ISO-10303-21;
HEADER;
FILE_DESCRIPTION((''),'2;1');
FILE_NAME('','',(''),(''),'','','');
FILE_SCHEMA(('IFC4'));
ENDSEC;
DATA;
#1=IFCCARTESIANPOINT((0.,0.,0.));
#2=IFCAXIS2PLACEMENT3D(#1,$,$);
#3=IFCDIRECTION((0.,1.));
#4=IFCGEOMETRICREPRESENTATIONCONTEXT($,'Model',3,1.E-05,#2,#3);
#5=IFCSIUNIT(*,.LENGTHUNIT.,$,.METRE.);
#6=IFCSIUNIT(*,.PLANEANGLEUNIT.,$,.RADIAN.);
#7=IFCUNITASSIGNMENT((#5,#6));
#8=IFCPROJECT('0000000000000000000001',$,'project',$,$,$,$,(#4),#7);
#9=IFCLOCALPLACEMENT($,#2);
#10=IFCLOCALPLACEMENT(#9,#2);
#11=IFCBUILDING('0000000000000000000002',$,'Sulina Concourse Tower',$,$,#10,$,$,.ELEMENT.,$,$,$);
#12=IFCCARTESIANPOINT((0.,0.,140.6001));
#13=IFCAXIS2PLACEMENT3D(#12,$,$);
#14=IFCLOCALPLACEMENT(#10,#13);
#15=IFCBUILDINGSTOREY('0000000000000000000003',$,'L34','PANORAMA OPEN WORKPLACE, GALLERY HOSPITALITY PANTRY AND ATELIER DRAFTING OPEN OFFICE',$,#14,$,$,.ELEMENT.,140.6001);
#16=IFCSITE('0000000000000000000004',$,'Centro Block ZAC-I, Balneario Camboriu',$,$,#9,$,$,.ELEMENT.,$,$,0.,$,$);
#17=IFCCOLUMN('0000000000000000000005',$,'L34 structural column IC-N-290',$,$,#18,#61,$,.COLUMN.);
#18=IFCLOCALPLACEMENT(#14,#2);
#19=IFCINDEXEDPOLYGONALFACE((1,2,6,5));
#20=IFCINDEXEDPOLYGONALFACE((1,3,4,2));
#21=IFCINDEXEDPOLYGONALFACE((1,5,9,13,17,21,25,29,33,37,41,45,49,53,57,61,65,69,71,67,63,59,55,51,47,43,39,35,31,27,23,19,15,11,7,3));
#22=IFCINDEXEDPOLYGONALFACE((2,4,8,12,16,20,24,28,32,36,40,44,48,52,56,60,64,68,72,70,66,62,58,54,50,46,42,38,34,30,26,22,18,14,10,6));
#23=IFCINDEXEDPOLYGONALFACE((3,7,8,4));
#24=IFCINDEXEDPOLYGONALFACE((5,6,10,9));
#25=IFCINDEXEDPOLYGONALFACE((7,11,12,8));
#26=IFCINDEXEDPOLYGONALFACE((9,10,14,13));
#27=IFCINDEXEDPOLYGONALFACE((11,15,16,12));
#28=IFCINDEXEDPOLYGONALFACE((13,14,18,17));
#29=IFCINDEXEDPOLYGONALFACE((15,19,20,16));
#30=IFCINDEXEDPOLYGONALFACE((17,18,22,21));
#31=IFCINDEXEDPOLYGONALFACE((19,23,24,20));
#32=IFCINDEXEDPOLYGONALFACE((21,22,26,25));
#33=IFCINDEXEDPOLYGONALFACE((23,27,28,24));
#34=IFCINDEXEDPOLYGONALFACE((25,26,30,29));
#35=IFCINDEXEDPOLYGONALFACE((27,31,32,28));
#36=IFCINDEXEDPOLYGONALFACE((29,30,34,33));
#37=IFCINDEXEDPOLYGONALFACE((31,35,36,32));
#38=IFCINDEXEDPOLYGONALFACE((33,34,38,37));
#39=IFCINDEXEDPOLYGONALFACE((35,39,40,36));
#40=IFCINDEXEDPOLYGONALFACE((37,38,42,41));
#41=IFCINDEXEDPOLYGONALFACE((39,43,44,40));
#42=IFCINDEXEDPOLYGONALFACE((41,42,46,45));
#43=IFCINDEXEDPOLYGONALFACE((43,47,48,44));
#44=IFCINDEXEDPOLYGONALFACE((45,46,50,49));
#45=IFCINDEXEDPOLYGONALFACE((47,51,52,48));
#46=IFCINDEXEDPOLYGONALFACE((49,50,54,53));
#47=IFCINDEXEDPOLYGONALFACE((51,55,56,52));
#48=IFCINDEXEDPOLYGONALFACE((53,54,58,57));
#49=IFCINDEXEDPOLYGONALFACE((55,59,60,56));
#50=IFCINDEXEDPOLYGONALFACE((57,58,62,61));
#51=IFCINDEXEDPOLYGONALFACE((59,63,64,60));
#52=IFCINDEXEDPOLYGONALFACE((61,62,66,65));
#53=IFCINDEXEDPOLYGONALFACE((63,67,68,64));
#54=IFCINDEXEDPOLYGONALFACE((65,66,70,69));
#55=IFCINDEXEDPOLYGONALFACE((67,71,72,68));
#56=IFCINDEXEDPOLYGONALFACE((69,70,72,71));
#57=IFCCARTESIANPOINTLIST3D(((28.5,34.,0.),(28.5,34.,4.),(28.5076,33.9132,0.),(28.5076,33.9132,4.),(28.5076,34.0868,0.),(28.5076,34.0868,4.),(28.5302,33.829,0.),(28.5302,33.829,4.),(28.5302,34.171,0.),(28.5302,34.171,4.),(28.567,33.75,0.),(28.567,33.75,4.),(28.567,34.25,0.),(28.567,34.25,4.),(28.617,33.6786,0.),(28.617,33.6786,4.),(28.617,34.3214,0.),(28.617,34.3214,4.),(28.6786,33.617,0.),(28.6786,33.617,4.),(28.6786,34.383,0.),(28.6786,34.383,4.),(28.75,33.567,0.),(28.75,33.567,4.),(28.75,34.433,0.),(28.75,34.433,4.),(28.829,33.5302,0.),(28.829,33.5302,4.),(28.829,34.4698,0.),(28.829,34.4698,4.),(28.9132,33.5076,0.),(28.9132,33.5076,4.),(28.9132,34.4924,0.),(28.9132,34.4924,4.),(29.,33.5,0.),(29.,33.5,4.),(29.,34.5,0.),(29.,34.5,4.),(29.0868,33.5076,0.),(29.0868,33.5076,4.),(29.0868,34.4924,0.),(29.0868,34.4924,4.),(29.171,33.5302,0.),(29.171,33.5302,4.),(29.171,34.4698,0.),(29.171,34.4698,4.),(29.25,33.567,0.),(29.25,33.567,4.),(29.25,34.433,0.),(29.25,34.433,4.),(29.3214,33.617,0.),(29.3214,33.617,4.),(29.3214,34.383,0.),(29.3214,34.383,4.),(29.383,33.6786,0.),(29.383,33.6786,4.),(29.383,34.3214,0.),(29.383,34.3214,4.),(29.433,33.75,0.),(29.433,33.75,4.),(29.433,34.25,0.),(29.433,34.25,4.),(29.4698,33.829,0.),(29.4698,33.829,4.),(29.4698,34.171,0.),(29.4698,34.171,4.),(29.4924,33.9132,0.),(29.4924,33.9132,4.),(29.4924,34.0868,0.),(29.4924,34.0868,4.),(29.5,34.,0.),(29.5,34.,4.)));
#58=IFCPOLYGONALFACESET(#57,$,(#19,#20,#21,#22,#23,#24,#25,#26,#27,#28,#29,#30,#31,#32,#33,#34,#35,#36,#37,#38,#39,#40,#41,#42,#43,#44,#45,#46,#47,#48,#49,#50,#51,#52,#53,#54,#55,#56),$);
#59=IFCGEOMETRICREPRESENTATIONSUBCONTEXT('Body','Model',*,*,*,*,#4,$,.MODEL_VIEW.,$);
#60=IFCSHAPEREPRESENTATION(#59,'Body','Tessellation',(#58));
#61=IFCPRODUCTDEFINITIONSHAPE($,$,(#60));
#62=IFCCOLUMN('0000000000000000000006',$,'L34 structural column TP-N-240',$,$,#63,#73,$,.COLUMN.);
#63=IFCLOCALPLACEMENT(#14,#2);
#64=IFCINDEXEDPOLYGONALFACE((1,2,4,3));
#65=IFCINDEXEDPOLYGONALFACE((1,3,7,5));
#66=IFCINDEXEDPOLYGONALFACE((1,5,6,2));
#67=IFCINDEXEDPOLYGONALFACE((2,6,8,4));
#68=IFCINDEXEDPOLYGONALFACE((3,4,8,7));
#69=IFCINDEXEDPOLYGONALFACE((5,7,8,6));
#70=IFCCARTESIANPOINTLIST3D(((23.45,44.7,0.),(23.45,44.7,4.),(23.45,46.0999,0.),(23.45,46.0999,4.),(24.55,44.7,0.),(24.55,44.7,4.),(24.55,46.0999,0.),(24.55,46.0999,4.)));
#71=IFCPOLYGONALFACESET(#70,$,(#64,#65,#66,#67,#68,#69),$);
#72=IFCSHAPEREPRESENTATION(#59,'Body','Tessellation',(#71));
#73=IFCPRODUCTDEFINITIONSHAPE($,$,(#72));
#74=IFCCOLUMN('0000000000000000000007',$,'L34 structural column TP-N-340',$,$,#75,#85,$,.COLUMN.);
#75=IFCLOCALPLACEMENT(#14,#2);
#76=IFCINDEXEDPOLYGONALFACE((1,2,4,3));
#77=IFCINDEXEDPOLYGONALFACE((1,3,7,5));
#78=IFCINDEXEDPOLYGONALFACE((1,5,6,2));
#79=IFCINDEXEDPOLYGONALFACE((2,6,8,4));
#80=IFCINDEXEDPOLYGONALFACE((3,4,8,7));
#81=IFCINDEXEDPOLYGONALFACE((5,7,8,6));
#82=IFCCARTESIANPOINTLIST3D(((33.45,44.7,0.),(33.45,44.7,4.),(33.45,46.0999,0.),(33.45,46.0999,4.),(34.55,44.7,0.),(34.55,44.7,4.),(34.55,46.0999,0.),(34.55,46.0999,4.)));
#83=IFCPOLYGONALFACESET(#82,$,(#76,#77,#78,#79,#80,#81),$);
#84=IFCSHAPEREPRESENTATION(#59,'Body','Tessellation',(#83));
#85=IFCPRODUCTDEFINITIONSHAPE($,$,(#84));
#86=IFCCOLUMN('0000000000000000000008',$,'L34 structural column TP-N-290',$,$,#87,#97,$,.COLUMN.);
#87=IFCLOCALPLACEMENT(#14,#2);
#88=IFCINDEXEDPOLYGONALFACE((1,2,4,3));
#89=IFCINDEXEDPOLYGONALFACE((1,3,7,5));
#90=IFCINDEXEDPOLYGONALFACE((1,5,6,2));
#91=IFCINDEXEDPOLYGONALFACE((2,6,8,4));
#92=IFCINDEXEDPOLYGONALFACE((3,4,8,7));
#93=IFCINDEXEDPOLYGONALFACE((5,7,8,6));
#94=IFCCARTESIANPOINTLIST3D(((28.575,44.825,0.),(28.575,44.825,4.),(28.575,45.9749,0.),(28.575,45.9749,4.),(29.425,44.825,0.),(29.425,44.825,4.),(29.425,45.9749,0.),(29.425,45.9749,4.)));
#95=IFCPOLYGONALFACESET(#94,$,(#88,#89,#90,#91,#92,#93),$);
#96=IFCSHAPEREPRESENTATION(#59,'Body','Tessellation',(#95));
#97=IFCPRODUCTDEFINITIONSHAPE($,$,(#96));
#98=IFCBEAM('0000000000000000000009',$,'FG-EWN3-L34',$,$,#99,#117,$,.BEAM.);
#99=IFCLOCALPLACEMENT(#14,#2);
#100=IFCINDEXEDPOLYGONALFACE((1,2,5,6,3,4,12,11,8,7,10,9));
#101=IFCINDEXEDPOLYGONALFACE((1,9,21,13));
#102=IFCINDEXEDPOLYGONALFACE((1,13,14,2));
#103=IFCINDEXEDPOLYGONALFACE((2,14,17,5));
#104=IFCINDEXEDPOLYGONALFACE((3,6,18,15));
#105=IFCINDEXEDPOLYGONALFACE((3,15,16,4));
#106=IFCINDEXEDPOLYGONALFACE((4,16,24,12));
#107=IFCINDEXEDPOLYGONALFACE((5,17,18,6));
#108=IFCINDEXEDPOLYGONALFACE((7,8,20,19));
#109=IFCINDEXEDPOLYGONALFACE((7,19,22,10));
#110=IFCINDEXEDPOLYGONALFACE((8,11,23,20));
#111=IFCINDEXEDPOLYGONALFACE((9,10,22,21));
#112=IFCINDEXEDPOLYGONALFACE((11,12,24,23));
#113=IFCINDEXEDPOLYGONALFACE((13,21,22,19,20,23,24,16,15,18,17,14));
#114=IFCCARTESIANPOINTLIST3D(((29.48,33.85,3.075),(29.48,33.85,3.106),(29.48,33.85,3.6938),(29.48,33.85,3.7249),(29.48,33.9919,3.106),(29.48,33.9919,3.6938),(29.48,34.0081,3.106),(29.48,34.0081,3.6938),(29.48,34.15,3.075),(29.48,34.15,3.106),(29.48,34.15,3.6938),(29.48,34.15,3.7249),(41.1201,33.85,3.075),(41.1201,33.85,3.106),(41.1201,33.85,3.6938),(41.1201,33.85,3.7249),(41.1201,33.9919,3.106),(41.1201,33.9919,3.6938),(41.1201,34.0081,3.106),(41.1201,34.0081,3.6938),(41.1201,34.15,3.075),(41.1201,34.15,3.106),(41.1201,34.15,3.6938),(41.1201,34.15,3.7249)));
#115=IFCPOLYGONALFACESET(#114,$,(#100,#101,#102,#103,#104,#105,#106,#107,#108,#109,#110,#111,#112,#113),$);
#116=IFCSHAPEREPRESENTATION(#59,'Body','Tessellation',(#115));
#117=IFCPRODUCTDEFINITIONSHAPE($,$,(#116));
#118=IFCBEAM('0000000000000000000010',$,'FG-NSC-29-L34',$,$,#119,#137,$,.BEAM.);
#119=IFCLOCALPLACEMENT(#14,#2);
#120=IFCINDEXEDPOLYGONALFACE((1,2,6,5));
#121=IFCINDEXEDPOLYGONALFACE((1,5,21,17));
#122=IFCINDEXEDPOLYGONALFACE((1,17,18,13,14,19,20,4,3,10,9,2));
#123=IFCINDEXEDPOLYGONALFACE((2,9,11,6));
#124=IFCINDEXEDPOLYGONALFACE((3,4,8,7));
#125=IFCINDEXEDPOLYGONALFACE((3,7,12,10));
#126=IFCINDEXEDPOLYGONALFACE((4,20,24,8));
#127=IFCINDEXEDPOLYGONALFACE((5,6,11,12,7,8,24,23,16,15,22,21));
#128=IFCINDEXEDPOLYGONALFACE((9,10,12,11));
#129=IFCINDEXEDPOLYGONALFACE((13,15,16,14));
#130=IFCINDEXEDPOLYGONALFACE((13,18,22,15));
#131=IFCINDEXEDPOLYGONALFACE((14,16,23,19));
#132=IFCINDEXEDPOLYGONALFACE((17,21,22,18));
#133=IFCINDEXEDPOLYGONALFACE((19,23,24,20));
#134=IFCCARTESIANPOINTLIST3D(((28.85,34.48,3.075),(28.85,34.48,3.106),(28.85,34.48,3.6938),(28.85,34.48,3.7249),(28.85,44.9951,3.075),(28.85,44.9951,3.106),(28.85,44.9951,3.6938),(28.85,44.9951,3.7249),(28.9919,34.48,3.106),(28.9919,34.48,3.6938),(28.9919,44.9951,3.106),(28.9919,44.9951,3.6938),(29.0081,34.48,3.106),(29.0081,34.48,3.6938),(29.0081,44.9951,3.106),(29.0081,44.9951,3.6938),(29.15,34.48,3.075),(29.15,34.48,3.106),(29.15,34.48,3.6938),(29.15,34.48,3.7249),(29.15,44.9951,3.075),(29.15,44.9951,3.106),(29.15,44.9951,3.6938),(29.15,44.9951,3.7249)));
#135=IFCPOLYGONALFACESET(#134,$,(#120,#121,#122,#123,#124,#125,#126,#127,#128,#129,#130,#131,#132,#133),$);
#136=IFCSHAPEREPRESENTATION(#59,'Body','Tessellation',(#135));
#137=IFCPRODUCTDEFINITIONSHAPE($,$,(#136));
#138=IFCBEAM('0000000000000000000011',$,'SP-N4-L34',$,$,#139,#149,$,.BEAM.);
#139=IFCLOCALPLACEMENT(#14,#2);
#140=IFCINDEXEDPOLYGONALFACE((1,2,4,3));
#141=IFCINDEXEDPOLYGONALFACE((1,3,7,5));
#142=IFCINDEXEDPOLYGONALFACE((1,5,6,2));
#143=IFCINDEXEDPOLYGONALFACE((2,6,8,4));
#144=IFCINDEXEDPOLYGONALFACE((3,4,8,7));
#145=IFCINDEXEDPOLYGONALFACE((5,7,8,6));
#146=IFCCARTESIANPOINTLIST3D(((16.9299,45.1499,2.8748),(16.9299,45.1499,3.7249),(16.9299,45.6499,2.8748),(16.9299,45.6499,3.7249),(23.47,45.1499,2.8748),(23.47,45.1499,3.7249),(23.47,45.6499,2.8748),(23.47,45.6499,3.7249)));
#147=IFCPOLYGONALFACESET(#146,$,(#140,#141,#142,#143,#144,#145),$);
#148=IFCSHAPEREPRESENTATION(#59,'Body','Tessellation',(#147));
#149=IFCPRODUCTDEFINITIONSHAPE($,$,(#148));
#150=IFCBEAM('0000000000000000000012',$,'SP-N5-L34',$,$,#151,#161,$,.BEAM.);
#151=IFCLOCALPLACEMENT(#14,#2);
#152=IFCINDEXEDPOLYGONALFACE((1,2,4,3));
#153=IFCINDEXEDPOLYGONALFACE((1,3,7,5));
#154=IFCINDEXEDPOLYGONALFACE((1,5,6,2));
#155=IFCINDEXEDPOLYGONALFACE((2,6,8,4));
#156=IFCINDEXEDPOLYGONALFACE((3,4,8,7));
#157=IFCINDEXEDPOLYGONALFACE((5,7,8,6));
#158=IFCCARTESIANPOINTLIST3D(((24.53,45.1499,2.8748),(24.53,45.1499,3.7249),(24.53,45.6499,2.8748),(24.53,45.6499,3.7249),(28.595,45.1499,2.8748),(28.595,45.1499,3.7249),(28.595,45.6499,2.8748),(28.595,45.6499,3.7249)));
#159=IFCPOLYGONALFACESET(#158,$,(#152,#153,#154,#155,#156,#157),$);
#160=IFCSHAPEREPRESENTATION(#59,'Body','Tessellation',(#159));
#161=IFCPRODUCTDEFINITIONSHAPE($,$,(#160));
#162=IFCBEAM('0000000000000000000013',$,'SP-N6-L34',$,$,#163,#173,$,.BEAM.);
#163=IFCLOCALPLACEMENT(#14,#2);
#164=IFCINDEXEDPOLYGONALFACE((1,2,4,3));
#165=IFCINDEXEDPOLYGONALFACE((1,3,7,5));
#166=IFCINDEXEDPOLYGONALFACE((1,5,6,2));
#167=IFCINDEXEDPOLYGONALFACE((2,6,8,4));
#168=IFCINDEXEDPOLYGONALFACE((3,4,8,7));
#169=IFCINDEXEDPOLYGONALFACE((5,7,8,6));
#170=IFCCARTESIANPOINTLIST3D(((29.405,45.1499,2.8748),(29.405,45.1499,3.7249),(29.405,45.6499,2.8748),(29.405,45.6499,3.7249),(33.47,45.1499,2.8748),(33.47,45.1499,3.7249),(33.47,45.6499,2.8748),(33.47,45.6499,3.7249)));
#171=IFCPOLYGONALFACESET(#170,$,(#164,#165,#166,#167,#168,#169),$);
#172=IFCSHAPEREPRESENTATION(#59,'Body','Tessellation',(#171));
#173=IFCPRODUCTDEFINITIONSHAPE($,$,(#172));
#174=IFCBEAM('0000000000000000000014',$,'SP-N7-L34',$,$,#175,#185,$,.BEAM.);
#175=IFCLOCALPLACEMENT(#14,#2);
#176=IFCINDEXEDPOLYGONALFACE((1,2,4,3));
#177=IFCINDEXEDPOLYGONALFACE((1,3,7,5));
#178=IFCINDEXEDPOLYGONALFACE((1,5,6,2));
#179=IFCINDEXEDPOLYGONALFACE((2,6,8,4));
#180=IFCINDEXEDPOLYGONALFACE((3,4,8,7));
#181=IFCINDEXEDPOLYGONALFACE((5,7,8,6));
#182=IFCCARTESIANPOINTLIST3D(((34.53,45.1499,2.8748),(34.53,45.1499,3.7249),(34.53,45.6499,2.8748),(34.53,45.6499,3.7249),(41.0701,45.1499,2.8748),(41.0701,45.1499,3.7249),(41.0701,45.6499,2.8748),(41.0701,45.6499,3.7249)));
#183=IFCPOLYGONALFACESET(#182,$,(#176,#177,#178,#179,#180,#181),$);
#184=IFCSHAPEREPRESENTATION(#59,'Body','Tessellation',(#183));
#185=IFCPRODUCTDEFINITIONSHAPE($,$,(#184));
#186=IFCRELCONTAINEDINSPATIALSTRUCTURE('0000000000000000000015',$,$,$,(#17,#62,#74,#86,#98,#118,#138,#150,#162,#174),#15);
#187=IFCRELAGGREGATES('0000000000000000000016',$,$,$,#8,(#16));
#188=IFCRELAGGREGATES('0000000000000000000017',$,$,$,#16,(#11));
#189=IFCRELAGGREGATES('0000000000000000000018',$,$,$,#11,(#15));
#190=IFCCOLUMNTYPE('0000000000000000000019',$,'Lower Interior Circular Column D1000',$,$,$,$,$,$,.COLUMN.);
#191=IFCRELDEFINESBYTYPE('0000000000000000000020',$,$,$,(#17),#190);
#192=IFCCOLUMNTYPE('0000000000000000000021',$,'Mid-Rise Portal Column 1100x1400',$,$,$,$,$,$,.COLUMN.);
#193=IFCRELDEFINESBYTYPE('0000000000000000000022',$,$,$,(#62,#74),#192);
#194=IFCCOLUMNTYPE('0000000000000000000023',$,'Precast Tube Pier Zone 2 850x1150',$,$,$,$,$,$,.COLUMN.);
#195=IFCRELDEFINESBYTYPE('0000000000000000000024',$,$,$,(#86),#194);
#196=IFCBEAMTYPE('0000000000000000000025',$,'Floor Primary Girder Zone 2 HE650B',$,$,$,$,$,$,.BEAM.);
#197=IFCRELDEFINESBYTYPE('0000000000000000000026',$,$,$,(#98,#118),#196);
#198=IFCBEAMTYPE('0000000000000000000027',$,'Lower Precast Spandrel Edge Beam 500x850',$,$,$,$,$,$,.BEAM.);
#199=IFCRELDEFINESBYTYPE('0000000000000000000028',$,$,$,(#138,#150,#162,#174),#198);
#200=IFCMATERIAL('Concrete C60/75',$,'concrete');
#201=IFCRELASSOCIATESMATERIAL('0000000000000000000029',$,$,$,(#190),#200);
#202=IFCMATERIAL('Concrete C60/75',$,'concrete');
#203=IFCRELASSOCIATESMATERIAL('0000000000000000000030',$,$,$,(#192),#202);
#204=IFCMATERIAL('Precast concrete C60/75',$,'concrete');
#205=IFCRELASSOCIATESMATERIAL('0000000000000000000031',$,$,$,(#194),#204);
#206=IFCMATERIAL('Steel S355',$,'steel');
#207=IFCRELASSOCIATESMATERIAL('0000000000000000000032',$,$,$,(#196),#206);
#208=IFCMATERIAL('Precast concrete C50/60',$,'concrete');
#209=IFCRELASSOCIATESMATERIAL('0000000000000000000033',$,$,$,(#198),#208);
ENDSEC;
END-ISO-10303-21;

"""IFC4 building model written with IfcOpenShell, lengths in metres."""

from ifc_helpers import new_model, si_unit, direction, frame, origin, origin_2d, place, context, subcontext, project, spatial, rectangle, circle, i_section, extrude, material, material_profile, profile_set, type_object, element, save


model = new_model("IFC4")

# Units and contexts
model_context = context("Model", 3, precision=1e-05, world=origin(), true_north=direction((0.0, 1.0)))
body_context = subcontext(model_context, "Body", "Model", "MODEL_VIEW")
ifc_project = project(units=[si_unit("LENGTHUNIT", "METRE"), si_unit("PLANEANGLEUNIT", "RADIAN")], contexts=[model_context])

# Site, building, storey
site_placement = place(None, origin())
site = spatial("IfcSite", under=ifc_project, at=site_placement, Name="Centro Block ZAC-I, Balneario Camboriu", CompositionType="ELEMENT", RefElevation=0.0)
building_placement = place(site_placement, origin())
building = spatial("IfcBuilding", under=site, at=building_placement, Name="Sulina Concourse Tower", CompositionType="ELEMENT")
storey_placement = place(building_placement, frame((0.0, 0.0, 140.6001)))
storey = spatial("IfcBuildingStorey", under=building, at=storey_placement, Name="L34", Description="PANORAMA OPEN WORKPLACE, GALLERY HOSPITALITY PANTRY AND ATELIER DRAFTING OPEN OFFICE", CompositionType="ELEMENT", Elevation=140.6001)

# Columns
ifc_material_1 = material(Name="Concrete C60/75", Category="concrete")
ifc_material_profile_1 = material_profile(ifc_material_1, circle(Radius=0.5, at=origin_2d()), Name="RC D1000")
ifc_profile_set_1 = profile_set([ifc_material_profile_1], Name="Concrete C60/75")
column_type_1 = type_object("IfcColumnType", Name="Lower Interior Circular Column D1000", PredefinedType="COLUMN", material=ifc_profile_set_1)
column_1_placement = place(storey_placement, frame((29.0, 34.0, 0.0), z_axis=(0.0, 0.0, 1.0), x_axis=(1.0, 0.0, 0.0)))
element("IfcColumn", 1, at=column_1_placement, inside=storey, type_object=column_type_1, Name="L34 structural column IC-N-290", PredefinedType="COLUMN", context=body_context, shape_type="SweptSolid", body=[
    extrude(circle(Radius=0.5, at=origin_2d()), origin(), (0.0, 0.0, 1.0), 4.0),
])
ifc_material_2 = material(Name="Concrete C60/75", Category="concrete")
ifc_material_profile_2 = material_profile(ifc_material_2, rectangle(XDim=1.1001, YDim=1.3999, at=origin_2d()), Name="RC 1100x1400")
ifc_profile_set_2 = profile_set([ifc_material_profile_2], Name="Concrete C60/75")
column_type_2 = type_object("IfcColumnType", Name="Mid-Rise Portal Column 1100x1400", PredefinedType="COLUMN", material=ifc_profile_set_2)
for number, where, z_axis, x_axis, name in (
    (2, (24.0, 45.3999, 0.0), (0.0, 0.0, 1.0), (1.0, 0.0, 0.0), "L34 structural column TP-N-240"),
    (3, (34.0, 45.3999, 0.0), (0.0, 0.0, 1.0), (1.0, 0.0, 0.0), "L34 structural column TP-N-340"),
):
    element("IfcColumn", number, at=place(storey_placement, frame(where, z_axis=z_axis, x_axis=x_axis)), inside=storey, type_object=column_type_2, Name=name, PredefinedType="COLUMN", context=body_context, shape_type="SweptSolid", body=[
        extrude(rectangle(XDim=1.1001, YDim=1.3999, at=origin_2d()), origin(), (0.0, 0.0, 1.0), 4.0),
    ])
ifc_material_3 = material(Name="Precast concrete C60/75", Category="concrete")
ifc_material_profile_3 = material_profile(ifc_material_3, rectangle(XDim=0.8501, YDim=1.1499, at=origin_2d()), Name="PC 850x1150")
ifc_profile_set_3 = profile_set([ifc_material_profile_3], Name="Precast concrete C60/75")
column_type_3 = type_object("IfcColumnType", Name="Precast Tube Pier Zone 2 850x1150", PredefinedType="COLUMN", material=ifc_profile_set_3)
column_2_placement = place(storey_placement, frame((29.0, 45.3999, 0.0), z_axis=(0.0, 0.0, 1.0), x_axis=(1.0, 0.0, 0.0)))
element("IfcColumn", 4, at=column_2_placement, inside=storey, type_object=column_type_3, Name="L34 structural column TP-N-290", PredefinedType="COLUMN", context=body_context, shape_type="SweptSolid", body=[
    extrude(rectangle(XDim=0.8501, YDim=1.1499, at=origin_2d()), origin(), (0.0, 0.0, 1.0), 4.0),
])

# Beams
ifc_material_4 = material(Name="Steel S355", Category="steel")
ifc_material_profile_4 = material_profile(ifc_material_4, i_section(OverallWidth=0.3, OverallDepth=0.6499, WebThickness=0.0161, FlangeThickness=0.031, at=origin_2d()), Name="HE 650 B")
ifc_profile_set_4 = profile_set([ifc_material_profile_4], Name="Steel S355")
beam_type_1 = type_object("IfcBeamType", Name="Floor Primary Girder Zone 2 HE650B", PredefinedType="BEAM", material=ifc_profile_set_4)
beam_1_placement = place(storey_placement, frame((29.48, 34.0, 3.3999), z_axis=(1.0, 0.0, 0.0), x_axis=(0.0, 1.0, 0.0)))
element("IfcBeam", 5, at=beam_1_placement, inside=storey, type_object=beam_type_1, Name="FG-EWN3-L34", PredefinedType="BEAM", context=body_context, shape_type="SweptSolid", body=[
    extrude(i_section(OverallWidth=0.3, OverallDepth=0.6499, WebThickness=0.0161, FlangeThickness=0.031, at=origin_2d()), origin(), (0.0, 0.0, 1.0), 11.6401),
])
beam_2_placement = place(storey_placement, frame((29.0, 34.48, 3.3999), z_axis=(0.0, 1.0, 0.0), x_axis=(-1.0, 0.0, 0.0)))
element("IfcBeam", 6, at=beam_2_placement, inside=storey, type_object=beam_type_1, Name="FG-NSC-29-L34", PredefinedType="BEAM", context=body_context, shape_type="SweptSolid", body=[
    extrude(i_section(OverallWidth=0.3, OverallDepth=0.6499, WebThickness=0.0161, FlangeThickness=0.031, at=origin_2d()), origin(), (0.0, 0.0, 1.0), 10.5151),
])
ifc_material_5 = material(Name="Precast concrete C50/60", Category="concrete")
ifc_material_profile_5 = material_profile(ifc_material_5, rectangle(XDim=0.5, YDim=0.8501, at=origin_2d()), Name="RC 500x850")
ifc_profile_set_5 = profile_set([ifc_material_profile_5], Name="Precast concrete C50/60")
beam_type_2 = type_object("IfcBeamType", Name="Lower Precast Spandrel Edge Beam 500x850", PredefinedType="BEAM", material=ifc_profile_set_5)
beam_3_placement = place(storey_placement, frame((16.9299, 45.3999, 3.2998), z_axis=(1.0, 0.0, 0.0), x_axis=(0.0, 1.0, 0.0)))
element("IfcBeam", 7, at=beam_3_placement, inside=storey, type_object=beam_type_2, Name="SP-N4-L34", PredefinedType="BEAM", context=body_context, shape_type="SweptSolid", body=[
    extrude(rectangle(XDim=0.5, YDim=0.8501, at=origin_2d()), origin(), (0.0, 0.0, 1.0), 6.54),
])
for number, where, z_axis, x_axis, name in (
    (8, (24.53, 45.3999, 3.2998), (1.0, 0.0, 0.0), (0.0, 1.0, 0.0), "SP-N5-L34"),
    (9, (29.405, 45.3999, 3.2998), (1.0, 0.0, 0.0), (0.0, 1.0, 0.0), "SP-N6-L34"),
):
    element("IfcBeam", number, at=place(storey_placement, frame(where, z_axis=z_axis, x_axis=x_axis)), inside=storey, type_object=beam_type_2, Name=name, PredefinedType="BEAM", context=body_context, shape_type="SweptSolid", body=[
        extrude(rectangle(XDim=0.5, YDim=0.8501, at=origin_2d()), origin(), (0.0, 0.0, 1.0), 4.0649),
    ])
beam_4_placement = place(storey_placement, frame((34.53, 45.3999, 3.2998), z_axis=(1.0, 0.0, 0.0), x_axis=(0.0, 1.0, 0.0)))
element("IfcBeam", 10, at=beam_4_placement, inside=storey, type_object=beam_type_2, Name="SP-N7-L34", PredefinedType="BEAM", context=body_context, shape_type="SweptSolid", body=[
    extrude(rectangle(XDim=0.5, YDim=0.8501, at=origin_2d()), origin(), (0.0, 0.0, 1.0), 6.54),
])

save(model, "model.ifc")
